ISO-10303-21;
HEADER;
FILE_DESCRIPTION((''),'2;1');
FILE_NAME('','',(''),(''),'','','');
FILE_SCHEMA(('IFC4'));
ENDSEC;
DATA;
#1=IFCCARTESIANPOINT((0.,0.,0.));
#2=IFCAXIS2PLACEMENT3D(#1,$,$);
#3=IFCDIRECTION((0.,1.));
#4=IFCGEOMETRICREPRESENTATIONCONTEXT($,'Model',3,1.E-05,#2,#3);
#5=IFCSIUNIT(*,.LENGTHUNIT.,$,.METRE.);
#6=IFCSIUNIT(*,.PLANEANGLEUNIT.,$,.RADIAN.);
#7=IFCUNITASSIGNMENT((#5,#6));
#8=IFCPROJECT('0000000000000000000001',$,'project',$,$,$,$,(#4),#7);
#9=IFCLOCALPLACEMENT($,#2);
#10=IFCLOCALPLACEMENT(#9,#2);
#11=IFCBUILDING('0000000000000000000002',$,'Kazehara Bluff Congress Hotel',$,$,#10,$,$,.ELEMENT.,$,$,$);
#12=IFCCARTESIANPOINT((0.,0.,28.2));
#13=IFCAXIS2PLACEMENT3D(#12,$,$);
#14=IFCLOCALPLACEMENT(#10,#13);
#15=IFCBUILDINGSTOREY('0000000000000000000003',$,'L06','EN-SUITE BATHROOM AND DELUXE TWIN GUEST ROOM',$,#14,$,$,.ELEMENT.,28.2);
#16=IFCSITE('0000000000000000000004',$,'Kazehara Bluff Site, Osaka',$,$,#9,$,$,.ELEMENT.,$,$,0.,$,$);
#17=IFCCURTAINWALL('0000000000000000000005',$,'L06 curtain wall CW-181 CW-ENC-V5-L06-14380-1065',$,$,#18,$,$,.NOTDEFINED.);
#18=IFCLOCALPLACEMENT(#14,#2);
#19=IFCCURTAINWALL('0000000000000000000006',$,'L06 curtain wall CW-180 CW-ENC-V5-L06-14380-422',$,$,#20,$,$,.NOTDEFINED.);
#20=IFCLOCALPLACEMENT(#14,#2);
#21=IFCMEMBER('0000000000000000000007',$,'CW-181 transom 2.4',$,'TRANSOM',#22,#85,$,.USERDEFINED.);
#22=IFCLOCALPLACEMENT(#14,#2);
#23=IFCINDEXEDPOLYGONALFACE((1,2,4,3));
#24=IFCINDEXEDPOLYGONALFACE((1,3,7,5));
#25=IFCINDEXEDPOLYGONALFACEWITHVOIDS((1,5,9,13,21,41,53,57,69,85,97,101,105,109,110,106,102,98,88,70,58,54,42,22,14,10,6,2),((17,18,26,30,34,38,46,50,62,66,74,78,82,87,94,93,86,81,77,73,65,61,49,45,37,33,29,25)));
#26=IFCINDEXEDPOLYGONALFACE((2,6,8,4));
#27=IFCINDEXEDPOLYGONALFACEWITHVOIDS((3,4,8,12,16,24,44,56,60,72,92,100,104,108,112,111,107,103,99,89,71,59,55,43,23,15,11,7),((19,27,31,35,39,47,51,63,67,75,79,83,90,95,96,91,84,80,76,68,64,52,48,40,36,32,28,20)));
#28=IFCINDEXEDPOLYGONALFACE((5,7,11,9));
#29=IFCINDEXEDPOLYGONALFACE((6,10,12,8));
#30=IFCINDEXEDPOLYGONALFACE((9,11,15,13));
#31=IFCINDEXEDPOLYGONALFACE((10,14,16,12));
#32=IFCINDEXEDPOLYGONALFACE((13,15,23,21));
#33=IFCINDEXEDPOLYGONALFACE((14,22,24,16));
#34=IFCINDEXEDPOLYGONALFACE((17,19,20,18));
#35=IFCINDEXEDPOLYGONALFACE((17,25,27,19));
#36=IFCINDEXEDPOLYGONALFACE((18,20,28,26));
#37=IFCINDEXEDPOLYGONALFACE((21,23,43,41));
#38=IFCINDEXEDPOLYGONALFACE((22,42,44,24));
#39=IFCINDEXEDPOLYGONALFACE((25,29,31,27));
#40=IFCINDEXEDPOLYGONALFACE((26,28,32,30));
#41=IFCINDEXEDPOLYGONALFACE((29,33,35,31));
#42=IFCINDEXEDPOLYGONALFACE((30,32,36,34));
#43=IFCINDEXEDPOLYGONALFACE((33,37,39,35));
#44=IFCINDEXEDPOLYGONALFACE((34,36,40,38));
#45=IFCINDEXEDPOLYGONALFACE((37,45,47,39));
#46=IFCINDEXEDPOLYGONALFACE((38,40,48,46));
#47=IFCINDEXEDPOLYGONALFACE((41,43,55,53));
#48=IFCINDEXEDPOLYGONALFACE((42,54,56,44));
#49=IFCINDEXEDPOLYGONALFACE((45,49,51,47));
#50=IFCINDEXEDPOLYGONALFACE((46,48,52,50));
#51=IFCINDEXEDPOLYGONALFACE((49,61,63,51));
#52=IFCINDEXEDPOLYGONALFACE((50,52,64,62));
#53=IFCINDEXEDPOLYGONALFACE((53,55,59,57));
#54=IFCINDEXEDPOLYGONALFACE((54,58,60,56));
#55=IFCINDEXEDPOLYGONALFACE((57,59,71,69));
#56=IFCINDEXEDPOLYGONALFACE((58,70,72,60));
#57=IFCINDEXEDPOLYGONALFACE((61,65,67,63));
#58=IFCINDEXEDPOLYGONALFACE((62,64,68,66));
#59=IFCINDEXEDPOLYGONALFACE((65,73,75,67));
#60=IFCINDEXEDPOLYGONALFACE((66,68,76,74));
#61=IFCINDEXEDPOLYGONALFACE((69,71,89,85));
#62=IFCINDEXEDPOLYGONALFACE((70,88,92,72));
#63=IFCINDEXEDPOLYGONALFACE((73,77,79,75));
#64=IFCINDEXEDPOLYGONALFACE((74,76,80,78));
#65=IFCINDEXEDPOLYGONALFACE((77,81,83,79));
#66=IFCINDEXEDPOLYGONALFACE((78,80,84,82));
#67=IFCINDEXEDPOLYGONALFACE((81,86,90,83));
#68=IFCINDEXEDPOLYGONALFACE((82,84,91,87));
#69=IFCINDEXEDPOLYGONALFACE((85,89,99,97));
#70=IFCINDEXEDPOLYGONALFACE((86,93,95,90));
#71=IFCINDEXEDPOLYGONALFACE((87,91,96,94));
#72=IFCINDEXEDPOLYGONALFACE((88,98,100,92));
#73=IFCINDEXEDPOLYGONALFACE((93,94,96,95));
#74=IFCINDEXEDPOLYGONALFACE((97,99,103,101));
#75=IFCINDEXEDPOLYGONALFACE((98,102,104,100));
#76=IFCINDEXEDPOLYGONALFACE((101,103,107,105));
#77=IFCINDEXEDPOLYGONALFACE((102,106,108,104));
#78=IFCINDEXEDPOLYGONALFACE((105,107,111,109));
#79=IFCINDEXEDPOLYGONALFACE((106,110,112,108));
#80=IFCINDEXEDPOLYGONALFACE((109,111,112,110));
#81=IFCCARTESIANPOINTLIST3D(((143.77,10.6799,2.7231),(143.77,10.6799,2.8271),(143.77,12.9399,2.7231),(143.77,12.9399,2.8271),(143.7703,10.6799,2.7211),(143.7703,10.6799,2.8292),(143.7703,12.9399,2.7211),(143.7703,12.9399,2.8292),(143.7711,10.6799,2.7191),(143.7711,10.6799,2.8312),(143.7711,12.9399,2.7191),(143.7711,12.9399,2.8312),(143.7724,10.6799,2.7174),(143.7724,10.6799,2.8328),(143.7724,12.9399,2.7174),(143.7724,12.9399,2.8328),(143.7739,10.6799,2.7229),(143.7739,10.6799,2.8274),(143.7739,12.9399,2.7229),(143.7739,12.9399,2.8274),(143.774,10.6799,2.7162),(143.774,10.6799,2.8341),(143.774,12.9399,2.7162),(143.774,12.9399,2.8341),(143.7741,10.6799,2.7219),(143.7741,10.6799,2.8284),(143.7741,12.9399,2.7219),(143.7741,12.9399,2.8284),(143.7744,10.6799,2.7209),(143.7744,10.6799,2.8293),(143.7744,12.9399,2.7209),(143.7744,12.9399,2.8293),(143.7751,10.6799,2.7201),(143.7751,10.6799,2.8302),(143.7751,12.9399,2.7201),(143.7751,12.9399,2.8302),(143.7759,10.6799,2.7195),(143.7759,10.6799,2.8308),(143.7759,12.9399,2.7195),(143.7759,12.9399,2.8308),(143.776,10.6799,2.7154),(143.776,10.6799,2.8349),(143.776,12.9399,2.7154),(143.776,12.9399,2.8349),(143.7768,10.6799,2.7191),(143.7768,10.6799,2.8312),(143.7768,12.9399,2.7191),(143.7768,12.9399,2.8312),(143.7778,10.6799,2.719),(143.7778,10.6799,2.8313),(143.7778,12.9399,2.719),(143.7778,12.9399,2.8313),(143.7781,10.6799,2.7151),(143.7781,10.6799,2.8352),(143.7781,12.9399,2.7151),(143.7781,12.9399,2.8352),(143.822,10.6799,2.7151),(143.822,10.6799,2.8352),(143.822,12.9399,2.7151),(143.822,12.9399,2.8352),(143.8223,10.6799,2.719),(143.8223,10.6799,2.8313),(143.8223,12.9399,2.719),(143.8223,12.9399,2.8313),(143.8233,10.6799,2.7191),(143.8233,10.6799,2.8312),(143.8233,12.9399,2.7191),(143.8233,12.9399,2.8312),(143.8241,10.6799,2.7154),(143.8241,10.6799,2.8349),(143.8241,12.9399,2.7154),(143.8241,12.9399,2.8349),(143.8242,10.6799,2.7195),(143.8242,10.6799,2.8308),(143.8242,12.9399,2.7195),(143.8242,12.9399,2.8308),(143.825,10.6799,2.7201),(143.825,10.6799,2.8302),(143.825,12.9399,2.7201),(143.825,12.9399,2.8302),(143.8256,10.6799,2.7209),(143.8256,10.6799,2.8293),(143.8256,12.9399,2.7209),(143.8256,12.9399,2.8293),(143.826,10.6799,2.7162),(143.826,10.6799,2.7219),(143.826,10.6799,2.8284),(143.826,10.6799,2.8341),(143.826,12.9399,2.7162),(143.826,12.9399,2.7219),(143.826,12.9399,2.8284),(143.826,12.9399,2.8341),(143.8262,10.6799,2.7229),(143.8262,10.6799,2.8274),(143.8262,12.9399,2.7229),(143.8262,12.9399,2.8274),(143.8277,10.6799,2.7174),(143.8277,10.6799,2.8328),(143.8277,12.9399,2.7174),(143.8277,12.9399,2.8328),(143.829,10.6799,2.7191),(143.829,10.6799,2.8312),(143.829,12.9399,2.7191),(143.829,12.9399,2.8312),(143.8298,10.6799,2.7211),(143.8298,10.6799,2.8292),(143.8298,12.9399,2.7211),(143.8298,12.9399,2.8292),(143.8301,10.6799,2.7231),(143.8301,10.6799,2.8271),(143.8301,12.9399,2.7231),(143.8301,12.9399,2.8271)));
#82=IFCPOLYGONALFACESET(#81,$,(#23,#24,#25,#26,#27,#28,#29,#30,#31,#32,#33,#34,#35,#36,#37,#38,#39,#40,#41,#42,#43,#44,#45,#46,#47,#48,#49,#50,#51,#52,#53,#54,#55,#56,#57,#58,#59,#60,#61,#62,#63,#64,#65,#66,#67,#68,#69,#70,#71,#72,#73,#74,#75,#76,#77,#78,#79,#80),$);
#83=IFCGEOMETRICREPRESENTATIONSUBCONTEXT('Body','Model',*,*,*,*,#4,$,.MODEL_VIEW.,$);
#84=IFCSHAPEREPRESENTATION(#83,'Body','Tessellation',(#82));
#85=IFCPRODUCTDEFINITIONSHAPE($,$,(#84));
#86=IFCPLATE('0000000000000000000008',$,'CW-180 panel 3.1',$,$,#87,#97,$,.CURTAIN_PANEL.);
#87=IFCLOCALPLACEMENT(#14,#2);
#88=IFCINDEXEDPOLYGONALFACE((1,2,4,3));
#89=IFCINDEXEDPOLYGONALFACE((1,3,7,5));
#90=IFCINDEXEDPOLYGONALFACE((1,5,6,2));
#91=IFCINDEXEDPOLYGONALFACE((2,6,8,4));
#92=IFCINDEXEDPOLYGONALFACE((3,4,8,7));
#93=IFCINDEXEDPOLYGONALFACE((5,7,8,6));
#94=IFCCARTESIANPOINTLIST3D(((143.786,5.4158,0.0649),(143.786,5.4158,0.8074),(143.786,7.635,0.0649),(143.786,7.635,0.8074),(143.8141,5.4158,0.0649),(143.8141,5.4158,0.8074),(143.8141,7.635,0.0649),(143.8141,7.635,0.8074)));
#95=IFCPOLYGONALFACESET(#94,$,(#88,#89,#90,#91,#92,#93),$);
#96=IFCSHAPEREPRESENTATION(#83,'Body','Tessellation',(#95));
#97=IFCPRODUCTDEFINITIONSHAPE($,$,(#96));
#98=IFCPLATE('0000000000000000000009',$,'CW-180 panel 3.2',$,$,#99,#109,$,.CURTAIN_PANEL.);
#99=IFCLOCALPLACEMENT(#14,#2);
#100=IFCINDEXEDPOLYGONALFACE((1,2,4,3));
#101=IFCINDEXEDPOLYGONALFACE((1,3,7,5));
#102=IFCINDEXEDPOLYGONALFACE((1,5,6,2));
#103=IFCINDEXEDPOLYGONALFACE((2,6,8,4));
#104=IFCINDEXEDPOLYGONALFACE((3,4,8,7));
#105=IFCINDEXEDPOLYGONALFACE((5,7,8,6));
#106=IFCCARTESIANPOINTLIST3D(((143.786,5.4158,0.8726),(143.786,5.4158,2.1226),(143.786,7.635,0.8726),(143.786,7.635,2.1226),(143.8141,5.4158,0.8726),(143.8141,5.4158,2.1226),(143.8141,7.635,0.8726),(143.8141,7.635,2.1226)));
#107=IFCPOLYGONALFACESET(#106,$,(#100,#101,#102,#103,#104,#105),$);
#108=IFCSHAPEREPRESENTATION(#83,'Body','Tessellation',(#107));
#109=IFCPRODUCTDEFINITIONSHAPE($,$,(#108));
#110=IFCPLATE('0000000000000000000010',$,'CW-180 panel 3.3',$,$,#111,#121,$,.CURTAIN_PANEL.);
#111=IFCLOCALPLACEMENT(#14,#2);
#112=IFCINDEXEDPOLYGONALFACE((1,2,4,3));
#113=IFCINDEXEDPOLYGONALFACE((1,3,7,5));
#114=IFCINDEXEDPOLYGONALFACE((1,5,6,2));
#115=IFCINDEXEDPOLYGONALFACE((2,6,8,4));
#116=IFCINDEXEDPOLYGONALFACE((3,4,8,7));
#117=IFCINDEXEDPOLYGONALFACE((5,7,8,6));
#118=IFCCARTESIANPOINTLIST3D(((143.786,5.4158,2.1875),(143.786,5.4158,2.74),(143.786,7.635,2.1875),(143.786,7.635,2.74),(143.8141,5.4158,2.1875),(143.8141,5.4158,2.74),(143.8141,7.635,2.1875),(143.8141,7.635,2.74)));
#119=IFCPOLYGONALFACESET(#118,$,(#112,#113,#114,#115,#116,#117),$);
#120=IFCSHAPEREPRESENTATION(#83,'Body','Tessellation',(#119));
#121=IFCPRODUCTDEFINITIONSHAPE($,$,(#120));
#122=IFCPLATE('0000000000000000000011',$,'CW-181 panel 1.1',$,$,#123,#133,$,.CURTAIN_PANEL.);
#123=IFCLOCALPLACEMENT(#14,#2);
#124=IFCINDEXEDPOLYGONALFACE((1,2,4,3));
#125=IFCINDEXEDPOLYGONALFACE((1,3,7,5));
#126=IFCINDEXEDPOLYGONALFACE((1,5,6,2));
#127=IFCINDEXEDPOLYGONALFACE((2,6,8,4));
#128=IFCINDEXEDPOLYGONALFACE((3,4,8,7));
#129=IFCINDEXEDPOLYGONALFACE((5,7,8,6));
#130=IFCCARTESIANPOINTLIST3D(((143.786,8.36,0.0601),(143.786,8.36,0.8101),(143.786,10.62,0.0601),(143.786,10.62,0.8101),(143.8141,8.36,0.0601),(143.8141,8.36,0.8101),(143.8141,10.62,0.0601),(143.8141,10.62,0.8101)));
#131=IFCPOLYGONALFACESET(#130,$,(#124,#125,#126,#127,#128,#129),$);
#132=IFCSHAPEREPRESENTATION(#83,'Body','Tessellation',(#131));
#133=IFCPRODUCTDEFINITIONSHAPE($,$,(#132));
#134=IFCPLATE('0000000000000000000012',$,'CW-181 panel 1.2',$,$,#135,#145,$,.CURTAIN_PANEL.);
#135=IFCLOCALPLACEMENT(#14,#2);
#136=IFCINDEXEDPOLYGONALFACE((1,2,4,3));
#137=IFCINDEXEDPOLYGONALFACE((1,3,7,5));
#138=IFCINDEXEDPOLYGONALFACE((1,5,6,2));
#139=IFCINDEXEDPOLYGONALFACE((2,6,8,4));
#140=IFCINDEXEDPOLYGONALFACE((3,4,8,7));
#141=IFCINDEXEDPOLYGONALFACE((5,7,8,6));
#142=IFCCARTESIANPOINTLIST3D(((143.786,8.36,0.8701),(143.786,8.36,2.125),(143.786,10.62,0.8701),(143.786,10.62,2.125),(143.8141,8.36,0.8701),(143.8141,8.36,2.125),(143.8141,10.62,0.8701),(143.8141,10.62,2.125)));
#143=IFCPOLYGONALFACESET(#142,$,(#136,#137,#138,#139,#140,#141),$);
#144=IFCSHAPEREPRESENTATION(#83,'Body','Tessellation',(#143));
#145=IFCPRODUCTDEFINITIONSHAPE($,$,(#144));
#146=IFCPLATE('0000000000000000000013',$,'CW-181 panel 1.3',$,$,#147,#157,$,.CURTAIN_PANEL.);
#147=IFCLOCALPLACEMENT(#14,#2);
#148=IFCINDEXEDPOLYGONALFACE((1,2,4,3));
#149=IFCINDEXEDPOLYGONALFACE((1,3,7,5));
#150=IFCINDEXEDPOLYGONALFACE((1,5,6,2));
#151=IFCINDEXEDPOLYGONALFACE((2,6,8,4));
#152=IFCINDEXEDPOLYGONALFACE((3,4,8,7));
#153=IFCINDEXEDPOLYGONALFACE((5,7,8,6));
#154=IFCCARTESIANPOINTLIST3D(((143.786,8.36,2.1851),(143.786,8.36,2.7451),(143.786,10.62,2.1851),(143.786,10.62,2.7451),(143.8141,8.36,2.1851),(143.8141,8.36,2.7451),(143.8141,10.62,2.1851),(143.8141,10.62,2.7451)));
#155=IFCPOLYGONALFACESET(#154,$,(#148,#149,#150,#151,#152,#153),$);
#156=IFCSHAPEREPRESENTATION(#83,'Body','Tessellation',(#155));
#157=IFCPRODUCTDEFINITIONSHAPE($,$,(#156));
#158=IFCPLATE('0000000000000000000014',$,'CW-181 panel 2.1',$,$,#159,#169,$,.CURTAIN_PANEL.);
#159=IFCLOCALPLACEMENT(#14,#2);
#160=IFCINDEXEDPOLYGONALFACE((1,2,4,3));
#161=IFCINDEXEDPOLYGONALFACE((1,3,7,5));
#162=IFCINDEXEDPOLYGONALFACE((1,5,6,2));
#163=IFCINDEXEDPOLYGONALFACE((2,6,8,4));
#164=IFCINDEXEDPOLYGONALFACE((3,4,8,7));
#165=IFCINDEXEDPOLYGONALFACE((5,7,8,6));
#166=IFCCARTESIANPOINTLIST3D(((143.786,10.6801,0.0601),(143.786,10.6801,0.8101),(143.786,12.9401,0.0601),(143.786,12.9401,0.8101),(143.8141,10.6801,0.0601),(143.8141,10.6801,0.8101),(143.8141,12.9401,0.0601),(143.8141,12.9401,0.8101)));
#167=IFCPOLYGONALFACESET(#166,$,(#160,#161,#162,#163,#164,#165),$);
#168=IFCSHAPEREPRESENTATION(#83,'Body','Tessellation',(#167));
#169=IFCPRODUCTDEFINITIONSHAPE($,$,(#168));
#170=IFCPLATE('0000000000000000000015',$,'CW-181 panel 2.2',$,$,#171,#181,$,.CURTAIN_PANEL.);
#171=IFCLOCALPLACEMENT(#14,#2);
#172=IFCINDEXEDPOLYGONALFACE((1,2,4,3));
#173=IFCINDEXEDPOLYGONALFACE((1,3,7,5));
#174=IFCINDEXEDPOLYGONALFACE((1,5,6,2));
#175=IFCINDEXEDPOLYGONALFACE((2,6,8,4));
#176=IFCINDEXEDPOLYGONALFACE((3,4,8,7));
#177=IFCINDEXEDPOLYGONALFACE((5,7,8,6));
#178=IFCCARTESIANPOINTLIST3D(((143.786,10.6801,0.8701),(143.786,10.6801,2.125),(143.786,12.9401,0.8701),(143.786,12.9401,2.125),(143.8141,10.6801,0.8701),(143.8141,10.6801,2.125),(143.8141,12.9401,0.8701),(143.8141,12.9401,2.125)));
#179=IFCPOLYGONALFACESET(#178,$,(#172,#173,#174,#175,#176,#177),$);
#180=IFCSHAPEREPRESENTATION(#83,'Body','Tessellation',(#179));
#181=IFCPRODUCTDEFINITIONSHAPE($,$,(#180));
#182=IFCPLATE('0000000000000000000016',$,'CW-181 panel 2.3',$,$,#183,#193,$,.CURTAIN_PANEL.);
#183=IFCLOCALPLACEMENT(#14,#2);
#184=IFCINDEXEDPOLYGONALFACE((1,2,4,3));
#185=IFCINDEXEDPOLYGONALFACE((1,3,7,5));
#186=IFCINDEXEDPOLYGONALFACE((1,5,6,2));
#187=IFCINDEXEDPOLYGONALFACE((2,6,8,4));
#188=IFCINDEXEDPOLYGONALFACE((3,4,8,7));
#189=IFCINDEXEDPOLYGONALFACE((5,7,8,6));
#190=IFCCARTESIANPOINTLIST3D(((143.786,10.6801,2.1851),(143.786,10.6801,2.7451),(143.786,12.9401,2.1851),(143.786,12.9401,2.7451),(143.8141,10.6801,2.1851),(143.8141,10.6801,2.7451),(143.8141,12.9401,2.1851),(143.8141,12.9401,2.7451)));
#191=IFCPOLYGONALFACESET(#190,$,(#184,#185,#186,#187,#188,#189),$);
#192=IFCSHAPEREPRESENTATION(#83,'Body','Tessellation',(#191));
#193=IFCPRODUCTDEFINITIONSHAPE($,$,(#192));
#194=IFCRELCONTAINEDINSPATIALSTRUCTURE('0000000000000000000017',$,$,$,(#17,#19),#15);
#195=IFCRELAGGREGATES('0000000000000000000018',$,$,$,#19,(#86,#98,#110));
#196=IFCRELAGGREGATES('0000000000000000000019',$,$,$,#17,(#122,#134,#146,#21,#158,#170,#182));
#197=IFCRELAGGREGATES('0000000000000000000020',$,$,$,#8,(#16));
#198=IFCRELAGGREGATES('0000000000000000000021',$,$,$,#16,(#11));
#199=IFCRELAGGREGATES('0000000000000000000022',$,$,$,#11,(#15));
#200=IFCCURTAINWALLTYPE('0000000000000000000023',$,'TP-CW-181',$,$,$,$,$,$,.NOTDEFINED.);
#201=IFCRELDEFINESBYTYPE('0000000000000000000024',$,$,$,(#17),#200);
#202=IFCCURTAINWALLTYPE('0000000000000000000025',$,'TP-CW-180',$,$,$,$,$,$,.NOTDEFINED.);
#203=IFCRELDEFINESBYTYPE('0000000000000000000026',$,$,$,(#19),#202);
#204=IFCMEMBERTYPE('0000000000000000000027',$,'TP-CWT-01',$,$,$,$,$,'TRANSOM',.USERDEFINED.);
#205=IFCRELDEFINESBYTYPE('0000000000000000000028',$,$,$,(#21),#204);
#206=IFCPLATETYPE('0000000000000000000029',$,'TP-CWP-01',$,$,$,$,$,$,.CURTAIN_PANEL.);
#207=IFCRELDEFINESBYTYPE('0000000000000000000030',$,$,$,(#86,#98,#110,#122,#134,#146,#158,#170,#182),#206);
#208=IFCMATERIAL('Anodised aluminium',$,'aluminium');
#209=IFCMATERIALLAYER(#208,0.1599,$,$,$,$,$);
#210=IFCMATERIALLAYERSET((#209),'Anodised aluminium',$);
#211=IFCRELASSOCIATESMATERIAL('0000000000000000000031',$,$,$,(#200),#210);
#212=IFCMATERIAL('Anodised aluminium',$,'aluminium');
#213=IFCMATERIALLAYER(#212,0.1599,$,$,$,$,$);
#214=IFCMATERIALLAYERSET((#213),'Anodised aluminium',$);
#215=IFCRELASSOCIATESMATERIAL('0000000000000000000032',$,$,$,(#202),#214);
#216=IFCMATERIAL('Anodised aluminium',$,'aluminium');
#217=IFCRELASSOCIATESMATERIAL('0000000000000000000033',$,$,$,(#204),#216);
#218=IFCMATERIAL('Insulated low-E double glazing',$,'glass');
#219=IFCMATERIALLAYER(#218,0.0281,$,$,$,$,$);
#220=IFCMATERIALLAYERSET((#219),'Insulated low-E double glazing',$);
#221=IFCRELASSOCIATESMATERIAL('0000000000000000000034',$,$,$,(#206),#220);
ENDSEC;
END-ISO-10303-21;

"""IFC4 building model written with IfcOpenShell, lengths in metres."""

from ifc_helpers import new_model, si_unit, direction, frame, origin, origin_2d, place, context, subcontext, project, spatial, rectangle, hollow_rectangle, extrude, material, layer, layer_set, material_profile, profile_set, type_object, element, aggregate, save


model = new_model("IFC4")

# Units and contexts
model_context = context("Model", 3, precision=1e-05, world=origin(), true_north=direction((0.0, 1.0)))
body_context = subcontext(model_context, "Body", "Model", "MODEL_VIEW")
ifc_project = project(units=[si_unit("LENGTHUNIT", "METRE"), si_unit("PLANEANGLEUNIT", "RADIAN")], contexts=[model_context])

# Site, building, storey
site_placement = place(None, origin())
site = spatial("IfcSite", under=ifc_project, at=site_placement, Name="Kazehara Bluff Site, Osaka", CompositionType="ELEMENT", RefElevation=0.0)
building_placement = place(site_placement, origin())
building = spatial("IfcBuilding", under=site, at=building_placement, Name="Kazehara Bluff Congress Hotel", CompositionType="ELEMENT")
storey_placement = place(building_placement, frame((0.0, 0.0, 28.2)))
storey = spatial("IfcBuildingStorey", under=building, at=storey_placement, Name="L06", Description="EN-SUITE BATHROOM AND DELUXE TWIN GUEST ROOM", CompositionType="ELEMENT", Elevation=28.2)

# Curtain wall
ifc_material_1 = material(Name="Anodised aluminium", Category="aluminium")
ifc_layer_1 = layer(ifc_material_1, 0.1599)
ifc_layer_set_1 = layer_set([ifc_layer_1], Name="Anodised aluminium")
curtain_wall_type_1 = type_object("IfcCurtainWallType", Name="TP-CW-181", PredefinedType="NOTDEFINED", material=ifc_layer_set_1)
curtain_wall_1_placement = place(storey_placement, origin())
curtain_wall_1 = element("IfcCurtainWall", 1, at=curtain_wall_1_placement, inside=storey, type_object=curtain_wall_type_1, Name="L06 curtain wall CW-181 CW-ENC-V5-L06-14380-1065", PredefinedType="NOTDEFINED")

# Curtain wall
ifc_material_2 = material(Name="Anodised aluminium", Category="aluminium")
ifc_layer_2 = layer(ifc_material_2, 0.1599)
ifc_layer_set_2 = layer_set([ifc_layer_2], Name="Anodised aluminium")
curtain_wall_type_2 = type_object("IfcCurtainWallType", Name="TP-CW-180", PredefinedType="NOTDEFINED", material=ifc_layer_set_2)
curtain_wall_2_placement = place(storey_placement, origin())
curtain_wall_2 = element("IfcCurtainWall", 2, at=curtain_wall_2_placement, inside=storey, type_object=curtain_wall_type_2, Name="L06 curtain wall CW-180 CW-ENC-V5-L06-14380-422", PredefinedType="NOTDEFINED")

# Member
ifc_material_3 = material(Name="Anodised aluminium", Category="aluminium")
ifc_material_profile_1 = material_profile(ifc_material_3, hollow_rectangle(XDim=0.0601, YDim=0.1201, WallThickness=0.0039, InnerFilletRadius=0.0039, OuterFilletRadius=0.0081, at=origin_2d()))
ifc_profile_set_1 = profile_set([ifc_material_profile_1], Name="Anodised aluminium")
member_type_1 = type_object("IfcMemberType", Name="TP-CWT-01", ElementType="TRANSOM", PredefinedType="USERDEFINED", material=ifc_profile_set_1)
member_1_placement = place(storey_placement, frame((143.8, 10.6799, 2.7751), z_axis=(0.0, 1.0, 0.0), x_axis=(-1.0, 0.0, 0.0)))
member_1 = element("IfcMember", 3, at=member_1_placement, type_object=member_type_1, Name="CW-181 transom 2.4", ObjectType="TRANSOM", PredefinedType="USERDEFINED", context=body_context, shape_type="SweptSolid", body=[
    extrude(hollow_rectangle(XDim=0.0601, YDim=0.1201, WallThickness=0.0039, InnerFilletRadius=0.0039, OuterFilletRadius=0.0081, at=origin_2d()), origin(), (0.0, 0.0, 1.0), 2.26),
])

# Plates
ifc_material_4 = material(Name="Insulated low-E double glazing", Category="glass")
ifc_layer_3 = layer(ifc_material_4, 0.0281)
ifc_layer_set_3 = layer_set([ifc_layer_3], Name="Insulated low-E double glazing")
plate_type = type_object("IfcPlateType", Name="TP-CWP-01", PredefinedType="CURTAIN_PANEL", material=ifc_layer_set_3)
plate_1_placement = place(storey_placement, frame((143.8, 6.5254, 0.0649), z_axis=(0.0, 0.0, 1.0), x_axis=(0.0, 1.0, 0.0)))
plate_1 = element("IfcPlate", 4, at=plate_1_placement, type_object=plate_type, Name="CW-180 panel 3.1", PredefinedType="CURTAIN_PANEL", context=body_context, shape_type="SweptSolid", body=[
    extrude(rectangle(XDim=2.2192, YDim=0.0281, at=origin_2d()), origin(), (0.0, 0.0, 1.0), 0.7424),
])
plate_2_placement = place(storey_placement, frame((143.8, 6.5254, 0.8726), z_axis=(0.0, 0.0, 1.0), x_axis=(0.0, 1.0, 0.0)))
plate_2 = element("IfcPlate", 5, at=plate_2_placement, type_object=plate_type, Name="CW-180 panel 3.2", PredefinedType="CURTAIN_PANEL", context=body_context, shape_type="SweptSolid", body=[
    extrude(rectangle(XDim=2.2192, YDim=0.0281, at=origin_2d()), origin(), (0.0, 0.0, 1.0), 1.25),
])
plate_3_placement = place(storey_placement, frame((143.8, 6.5254, 2.1875), z_axis=(0.0, 0.0, 1.0), x_axis=(0.0, 1.0, 0.0)))
plate_3 = element("IfcPlate", 6, at=plate_3_placement, type_object=plate_type, Name="CW-180 panel 3.3", PredefinedType="CURTAIN_PANEL", context=body_context, shape_type="SweptSolid", body=[
    extrude(rectangle(XDim=2.2192, YDim=0.0281, at=origin_2d()), origin(), (0.0, 0.0, 1.0), 0.5525),
])
aggregate(curtain_wall_2, [plate_1, plate_2, plate_3])
plate_4_placement = place(storey_placement, frame((143.8, 9.49, 0.0601), z_axis=(0.0, 0.0, 1.0), x_axis=(0.0, 1.0, 0.0)))
plate_4 = element("IfcPlate", 7, at=plate_4_placement, type_object=plate_type, Name="CW-181 panel 1.1", PredefinedType="CURTAIN_PANEL", context=body_context, shape_type="SweptSolid", body=[
    extrude(rectangle(XDim=2.26, YDim=0.0281, at=origin_2d()), origin(), (0.0, 0.0, 1.0), 0.75),
])
plate_5_placement = place(storey_placement, frame((143.8, 9.49, 0.8701), z_axis=(0.0, 0.0, 1.0), x_axis=(0.0, 1.0, 0.0)))
plate_5 = element("IfcPlate", 8, at=plate_5_placement, type_object=plate_type, Name="CW-181 panel 1.2", PredefinedType="CURTAIN_PANEL", context=body_context, shape_type="SweptSolid", body=[
    extrude(rectangle(XDim=2.26, YDim=0.0281, at=origin_2d()), origin(), (0.0, 0.0, 1.0), 1.2549),
])
plate_6_placement = place(storey_placement, frame((143.8, 9.49, 2.1851), z_axis=(0.0, 0.0, 1.0), x_axis=(0.0, 1.0, 0.0)))
plate_6 = element("IfcPlate", 9, at=plate_6_placement, type_object=plate_type, Name="CW-181 panel 1.3", PredefinedType="CURTAIN_PANEL", context=body_context, shape_type="SweptSolid", body=[
    extrude(rectangle(XDim=2.26, YDim=0.0281, at=origin_2d()), origin(), (0.0, 0.0, 1.0), 0.5601),
])
plate_7_placement = place(storey_placement, frame((143.8, 11.8101, 0.0601), z_axis=(0.0, 0.0, 1.0), x_axis=(0.0, 1.0, 0.0)))
plate_7 = element("IfcPlate", 10, at=plate_7_placement, type_object=plate_type, Name="CW-181 panel 2.1", PredefinedType="CURTAIN_PANEL", context=body_context, shape_type="SweptSolid", body=[
    extrude(rectangle(XDim=2.26, YDim=0.0281, at=origin_2d()), origin(), (0.0, 0.0, 1.0), 0.75),
])
plate_8_placement = place(storey_placement, frame((143.8, 11.8101, 0.8701), z_axis=(0.0, 0.0, 1.0), x_axis=(0.0, 1.0, 0.0)))
plate_8 = element("IfcPlate", 11, at=plate_8_placement, type_object=plate_type, Name="CW-181 panel 2.2", PredefinedType="CURTAIN_PANEL", context=body_context, shape_type="SweptSolid", body=[
    extrude(rectangle(XDim=2.26, YDim=0.0281, at=origin_2d()), origin(), (0.0, 0.0, 1.0), 1.2549),
])
plate_9_placement = place(storey_placement, frame((143.8, 11.8101, 2.1851), z_axis=(0.0, 0.0, 1.0), x_axis=(0.0, 1.0, 0.0)))
plate_9 = element("IfcPlate", 12, at=plate_9_placement, type_object=plate_type, Name="CW-181 panel 2.3", PredefinedType="CURTAIN_PANEL", context=body_context, shape_type="SweptSolid", body=[
    extrude(rectangle(XDim=2.26, YDim=0.0281, at=origin_2d()), origin(), (0.0, 0.0, 1.0), 0.5601),
])
aggregate(curtain_wall_1, [plate_4, plate_5, plate_6, member_1, plate_7, plate_8, plate_9])

save(model, "model.ifc")
